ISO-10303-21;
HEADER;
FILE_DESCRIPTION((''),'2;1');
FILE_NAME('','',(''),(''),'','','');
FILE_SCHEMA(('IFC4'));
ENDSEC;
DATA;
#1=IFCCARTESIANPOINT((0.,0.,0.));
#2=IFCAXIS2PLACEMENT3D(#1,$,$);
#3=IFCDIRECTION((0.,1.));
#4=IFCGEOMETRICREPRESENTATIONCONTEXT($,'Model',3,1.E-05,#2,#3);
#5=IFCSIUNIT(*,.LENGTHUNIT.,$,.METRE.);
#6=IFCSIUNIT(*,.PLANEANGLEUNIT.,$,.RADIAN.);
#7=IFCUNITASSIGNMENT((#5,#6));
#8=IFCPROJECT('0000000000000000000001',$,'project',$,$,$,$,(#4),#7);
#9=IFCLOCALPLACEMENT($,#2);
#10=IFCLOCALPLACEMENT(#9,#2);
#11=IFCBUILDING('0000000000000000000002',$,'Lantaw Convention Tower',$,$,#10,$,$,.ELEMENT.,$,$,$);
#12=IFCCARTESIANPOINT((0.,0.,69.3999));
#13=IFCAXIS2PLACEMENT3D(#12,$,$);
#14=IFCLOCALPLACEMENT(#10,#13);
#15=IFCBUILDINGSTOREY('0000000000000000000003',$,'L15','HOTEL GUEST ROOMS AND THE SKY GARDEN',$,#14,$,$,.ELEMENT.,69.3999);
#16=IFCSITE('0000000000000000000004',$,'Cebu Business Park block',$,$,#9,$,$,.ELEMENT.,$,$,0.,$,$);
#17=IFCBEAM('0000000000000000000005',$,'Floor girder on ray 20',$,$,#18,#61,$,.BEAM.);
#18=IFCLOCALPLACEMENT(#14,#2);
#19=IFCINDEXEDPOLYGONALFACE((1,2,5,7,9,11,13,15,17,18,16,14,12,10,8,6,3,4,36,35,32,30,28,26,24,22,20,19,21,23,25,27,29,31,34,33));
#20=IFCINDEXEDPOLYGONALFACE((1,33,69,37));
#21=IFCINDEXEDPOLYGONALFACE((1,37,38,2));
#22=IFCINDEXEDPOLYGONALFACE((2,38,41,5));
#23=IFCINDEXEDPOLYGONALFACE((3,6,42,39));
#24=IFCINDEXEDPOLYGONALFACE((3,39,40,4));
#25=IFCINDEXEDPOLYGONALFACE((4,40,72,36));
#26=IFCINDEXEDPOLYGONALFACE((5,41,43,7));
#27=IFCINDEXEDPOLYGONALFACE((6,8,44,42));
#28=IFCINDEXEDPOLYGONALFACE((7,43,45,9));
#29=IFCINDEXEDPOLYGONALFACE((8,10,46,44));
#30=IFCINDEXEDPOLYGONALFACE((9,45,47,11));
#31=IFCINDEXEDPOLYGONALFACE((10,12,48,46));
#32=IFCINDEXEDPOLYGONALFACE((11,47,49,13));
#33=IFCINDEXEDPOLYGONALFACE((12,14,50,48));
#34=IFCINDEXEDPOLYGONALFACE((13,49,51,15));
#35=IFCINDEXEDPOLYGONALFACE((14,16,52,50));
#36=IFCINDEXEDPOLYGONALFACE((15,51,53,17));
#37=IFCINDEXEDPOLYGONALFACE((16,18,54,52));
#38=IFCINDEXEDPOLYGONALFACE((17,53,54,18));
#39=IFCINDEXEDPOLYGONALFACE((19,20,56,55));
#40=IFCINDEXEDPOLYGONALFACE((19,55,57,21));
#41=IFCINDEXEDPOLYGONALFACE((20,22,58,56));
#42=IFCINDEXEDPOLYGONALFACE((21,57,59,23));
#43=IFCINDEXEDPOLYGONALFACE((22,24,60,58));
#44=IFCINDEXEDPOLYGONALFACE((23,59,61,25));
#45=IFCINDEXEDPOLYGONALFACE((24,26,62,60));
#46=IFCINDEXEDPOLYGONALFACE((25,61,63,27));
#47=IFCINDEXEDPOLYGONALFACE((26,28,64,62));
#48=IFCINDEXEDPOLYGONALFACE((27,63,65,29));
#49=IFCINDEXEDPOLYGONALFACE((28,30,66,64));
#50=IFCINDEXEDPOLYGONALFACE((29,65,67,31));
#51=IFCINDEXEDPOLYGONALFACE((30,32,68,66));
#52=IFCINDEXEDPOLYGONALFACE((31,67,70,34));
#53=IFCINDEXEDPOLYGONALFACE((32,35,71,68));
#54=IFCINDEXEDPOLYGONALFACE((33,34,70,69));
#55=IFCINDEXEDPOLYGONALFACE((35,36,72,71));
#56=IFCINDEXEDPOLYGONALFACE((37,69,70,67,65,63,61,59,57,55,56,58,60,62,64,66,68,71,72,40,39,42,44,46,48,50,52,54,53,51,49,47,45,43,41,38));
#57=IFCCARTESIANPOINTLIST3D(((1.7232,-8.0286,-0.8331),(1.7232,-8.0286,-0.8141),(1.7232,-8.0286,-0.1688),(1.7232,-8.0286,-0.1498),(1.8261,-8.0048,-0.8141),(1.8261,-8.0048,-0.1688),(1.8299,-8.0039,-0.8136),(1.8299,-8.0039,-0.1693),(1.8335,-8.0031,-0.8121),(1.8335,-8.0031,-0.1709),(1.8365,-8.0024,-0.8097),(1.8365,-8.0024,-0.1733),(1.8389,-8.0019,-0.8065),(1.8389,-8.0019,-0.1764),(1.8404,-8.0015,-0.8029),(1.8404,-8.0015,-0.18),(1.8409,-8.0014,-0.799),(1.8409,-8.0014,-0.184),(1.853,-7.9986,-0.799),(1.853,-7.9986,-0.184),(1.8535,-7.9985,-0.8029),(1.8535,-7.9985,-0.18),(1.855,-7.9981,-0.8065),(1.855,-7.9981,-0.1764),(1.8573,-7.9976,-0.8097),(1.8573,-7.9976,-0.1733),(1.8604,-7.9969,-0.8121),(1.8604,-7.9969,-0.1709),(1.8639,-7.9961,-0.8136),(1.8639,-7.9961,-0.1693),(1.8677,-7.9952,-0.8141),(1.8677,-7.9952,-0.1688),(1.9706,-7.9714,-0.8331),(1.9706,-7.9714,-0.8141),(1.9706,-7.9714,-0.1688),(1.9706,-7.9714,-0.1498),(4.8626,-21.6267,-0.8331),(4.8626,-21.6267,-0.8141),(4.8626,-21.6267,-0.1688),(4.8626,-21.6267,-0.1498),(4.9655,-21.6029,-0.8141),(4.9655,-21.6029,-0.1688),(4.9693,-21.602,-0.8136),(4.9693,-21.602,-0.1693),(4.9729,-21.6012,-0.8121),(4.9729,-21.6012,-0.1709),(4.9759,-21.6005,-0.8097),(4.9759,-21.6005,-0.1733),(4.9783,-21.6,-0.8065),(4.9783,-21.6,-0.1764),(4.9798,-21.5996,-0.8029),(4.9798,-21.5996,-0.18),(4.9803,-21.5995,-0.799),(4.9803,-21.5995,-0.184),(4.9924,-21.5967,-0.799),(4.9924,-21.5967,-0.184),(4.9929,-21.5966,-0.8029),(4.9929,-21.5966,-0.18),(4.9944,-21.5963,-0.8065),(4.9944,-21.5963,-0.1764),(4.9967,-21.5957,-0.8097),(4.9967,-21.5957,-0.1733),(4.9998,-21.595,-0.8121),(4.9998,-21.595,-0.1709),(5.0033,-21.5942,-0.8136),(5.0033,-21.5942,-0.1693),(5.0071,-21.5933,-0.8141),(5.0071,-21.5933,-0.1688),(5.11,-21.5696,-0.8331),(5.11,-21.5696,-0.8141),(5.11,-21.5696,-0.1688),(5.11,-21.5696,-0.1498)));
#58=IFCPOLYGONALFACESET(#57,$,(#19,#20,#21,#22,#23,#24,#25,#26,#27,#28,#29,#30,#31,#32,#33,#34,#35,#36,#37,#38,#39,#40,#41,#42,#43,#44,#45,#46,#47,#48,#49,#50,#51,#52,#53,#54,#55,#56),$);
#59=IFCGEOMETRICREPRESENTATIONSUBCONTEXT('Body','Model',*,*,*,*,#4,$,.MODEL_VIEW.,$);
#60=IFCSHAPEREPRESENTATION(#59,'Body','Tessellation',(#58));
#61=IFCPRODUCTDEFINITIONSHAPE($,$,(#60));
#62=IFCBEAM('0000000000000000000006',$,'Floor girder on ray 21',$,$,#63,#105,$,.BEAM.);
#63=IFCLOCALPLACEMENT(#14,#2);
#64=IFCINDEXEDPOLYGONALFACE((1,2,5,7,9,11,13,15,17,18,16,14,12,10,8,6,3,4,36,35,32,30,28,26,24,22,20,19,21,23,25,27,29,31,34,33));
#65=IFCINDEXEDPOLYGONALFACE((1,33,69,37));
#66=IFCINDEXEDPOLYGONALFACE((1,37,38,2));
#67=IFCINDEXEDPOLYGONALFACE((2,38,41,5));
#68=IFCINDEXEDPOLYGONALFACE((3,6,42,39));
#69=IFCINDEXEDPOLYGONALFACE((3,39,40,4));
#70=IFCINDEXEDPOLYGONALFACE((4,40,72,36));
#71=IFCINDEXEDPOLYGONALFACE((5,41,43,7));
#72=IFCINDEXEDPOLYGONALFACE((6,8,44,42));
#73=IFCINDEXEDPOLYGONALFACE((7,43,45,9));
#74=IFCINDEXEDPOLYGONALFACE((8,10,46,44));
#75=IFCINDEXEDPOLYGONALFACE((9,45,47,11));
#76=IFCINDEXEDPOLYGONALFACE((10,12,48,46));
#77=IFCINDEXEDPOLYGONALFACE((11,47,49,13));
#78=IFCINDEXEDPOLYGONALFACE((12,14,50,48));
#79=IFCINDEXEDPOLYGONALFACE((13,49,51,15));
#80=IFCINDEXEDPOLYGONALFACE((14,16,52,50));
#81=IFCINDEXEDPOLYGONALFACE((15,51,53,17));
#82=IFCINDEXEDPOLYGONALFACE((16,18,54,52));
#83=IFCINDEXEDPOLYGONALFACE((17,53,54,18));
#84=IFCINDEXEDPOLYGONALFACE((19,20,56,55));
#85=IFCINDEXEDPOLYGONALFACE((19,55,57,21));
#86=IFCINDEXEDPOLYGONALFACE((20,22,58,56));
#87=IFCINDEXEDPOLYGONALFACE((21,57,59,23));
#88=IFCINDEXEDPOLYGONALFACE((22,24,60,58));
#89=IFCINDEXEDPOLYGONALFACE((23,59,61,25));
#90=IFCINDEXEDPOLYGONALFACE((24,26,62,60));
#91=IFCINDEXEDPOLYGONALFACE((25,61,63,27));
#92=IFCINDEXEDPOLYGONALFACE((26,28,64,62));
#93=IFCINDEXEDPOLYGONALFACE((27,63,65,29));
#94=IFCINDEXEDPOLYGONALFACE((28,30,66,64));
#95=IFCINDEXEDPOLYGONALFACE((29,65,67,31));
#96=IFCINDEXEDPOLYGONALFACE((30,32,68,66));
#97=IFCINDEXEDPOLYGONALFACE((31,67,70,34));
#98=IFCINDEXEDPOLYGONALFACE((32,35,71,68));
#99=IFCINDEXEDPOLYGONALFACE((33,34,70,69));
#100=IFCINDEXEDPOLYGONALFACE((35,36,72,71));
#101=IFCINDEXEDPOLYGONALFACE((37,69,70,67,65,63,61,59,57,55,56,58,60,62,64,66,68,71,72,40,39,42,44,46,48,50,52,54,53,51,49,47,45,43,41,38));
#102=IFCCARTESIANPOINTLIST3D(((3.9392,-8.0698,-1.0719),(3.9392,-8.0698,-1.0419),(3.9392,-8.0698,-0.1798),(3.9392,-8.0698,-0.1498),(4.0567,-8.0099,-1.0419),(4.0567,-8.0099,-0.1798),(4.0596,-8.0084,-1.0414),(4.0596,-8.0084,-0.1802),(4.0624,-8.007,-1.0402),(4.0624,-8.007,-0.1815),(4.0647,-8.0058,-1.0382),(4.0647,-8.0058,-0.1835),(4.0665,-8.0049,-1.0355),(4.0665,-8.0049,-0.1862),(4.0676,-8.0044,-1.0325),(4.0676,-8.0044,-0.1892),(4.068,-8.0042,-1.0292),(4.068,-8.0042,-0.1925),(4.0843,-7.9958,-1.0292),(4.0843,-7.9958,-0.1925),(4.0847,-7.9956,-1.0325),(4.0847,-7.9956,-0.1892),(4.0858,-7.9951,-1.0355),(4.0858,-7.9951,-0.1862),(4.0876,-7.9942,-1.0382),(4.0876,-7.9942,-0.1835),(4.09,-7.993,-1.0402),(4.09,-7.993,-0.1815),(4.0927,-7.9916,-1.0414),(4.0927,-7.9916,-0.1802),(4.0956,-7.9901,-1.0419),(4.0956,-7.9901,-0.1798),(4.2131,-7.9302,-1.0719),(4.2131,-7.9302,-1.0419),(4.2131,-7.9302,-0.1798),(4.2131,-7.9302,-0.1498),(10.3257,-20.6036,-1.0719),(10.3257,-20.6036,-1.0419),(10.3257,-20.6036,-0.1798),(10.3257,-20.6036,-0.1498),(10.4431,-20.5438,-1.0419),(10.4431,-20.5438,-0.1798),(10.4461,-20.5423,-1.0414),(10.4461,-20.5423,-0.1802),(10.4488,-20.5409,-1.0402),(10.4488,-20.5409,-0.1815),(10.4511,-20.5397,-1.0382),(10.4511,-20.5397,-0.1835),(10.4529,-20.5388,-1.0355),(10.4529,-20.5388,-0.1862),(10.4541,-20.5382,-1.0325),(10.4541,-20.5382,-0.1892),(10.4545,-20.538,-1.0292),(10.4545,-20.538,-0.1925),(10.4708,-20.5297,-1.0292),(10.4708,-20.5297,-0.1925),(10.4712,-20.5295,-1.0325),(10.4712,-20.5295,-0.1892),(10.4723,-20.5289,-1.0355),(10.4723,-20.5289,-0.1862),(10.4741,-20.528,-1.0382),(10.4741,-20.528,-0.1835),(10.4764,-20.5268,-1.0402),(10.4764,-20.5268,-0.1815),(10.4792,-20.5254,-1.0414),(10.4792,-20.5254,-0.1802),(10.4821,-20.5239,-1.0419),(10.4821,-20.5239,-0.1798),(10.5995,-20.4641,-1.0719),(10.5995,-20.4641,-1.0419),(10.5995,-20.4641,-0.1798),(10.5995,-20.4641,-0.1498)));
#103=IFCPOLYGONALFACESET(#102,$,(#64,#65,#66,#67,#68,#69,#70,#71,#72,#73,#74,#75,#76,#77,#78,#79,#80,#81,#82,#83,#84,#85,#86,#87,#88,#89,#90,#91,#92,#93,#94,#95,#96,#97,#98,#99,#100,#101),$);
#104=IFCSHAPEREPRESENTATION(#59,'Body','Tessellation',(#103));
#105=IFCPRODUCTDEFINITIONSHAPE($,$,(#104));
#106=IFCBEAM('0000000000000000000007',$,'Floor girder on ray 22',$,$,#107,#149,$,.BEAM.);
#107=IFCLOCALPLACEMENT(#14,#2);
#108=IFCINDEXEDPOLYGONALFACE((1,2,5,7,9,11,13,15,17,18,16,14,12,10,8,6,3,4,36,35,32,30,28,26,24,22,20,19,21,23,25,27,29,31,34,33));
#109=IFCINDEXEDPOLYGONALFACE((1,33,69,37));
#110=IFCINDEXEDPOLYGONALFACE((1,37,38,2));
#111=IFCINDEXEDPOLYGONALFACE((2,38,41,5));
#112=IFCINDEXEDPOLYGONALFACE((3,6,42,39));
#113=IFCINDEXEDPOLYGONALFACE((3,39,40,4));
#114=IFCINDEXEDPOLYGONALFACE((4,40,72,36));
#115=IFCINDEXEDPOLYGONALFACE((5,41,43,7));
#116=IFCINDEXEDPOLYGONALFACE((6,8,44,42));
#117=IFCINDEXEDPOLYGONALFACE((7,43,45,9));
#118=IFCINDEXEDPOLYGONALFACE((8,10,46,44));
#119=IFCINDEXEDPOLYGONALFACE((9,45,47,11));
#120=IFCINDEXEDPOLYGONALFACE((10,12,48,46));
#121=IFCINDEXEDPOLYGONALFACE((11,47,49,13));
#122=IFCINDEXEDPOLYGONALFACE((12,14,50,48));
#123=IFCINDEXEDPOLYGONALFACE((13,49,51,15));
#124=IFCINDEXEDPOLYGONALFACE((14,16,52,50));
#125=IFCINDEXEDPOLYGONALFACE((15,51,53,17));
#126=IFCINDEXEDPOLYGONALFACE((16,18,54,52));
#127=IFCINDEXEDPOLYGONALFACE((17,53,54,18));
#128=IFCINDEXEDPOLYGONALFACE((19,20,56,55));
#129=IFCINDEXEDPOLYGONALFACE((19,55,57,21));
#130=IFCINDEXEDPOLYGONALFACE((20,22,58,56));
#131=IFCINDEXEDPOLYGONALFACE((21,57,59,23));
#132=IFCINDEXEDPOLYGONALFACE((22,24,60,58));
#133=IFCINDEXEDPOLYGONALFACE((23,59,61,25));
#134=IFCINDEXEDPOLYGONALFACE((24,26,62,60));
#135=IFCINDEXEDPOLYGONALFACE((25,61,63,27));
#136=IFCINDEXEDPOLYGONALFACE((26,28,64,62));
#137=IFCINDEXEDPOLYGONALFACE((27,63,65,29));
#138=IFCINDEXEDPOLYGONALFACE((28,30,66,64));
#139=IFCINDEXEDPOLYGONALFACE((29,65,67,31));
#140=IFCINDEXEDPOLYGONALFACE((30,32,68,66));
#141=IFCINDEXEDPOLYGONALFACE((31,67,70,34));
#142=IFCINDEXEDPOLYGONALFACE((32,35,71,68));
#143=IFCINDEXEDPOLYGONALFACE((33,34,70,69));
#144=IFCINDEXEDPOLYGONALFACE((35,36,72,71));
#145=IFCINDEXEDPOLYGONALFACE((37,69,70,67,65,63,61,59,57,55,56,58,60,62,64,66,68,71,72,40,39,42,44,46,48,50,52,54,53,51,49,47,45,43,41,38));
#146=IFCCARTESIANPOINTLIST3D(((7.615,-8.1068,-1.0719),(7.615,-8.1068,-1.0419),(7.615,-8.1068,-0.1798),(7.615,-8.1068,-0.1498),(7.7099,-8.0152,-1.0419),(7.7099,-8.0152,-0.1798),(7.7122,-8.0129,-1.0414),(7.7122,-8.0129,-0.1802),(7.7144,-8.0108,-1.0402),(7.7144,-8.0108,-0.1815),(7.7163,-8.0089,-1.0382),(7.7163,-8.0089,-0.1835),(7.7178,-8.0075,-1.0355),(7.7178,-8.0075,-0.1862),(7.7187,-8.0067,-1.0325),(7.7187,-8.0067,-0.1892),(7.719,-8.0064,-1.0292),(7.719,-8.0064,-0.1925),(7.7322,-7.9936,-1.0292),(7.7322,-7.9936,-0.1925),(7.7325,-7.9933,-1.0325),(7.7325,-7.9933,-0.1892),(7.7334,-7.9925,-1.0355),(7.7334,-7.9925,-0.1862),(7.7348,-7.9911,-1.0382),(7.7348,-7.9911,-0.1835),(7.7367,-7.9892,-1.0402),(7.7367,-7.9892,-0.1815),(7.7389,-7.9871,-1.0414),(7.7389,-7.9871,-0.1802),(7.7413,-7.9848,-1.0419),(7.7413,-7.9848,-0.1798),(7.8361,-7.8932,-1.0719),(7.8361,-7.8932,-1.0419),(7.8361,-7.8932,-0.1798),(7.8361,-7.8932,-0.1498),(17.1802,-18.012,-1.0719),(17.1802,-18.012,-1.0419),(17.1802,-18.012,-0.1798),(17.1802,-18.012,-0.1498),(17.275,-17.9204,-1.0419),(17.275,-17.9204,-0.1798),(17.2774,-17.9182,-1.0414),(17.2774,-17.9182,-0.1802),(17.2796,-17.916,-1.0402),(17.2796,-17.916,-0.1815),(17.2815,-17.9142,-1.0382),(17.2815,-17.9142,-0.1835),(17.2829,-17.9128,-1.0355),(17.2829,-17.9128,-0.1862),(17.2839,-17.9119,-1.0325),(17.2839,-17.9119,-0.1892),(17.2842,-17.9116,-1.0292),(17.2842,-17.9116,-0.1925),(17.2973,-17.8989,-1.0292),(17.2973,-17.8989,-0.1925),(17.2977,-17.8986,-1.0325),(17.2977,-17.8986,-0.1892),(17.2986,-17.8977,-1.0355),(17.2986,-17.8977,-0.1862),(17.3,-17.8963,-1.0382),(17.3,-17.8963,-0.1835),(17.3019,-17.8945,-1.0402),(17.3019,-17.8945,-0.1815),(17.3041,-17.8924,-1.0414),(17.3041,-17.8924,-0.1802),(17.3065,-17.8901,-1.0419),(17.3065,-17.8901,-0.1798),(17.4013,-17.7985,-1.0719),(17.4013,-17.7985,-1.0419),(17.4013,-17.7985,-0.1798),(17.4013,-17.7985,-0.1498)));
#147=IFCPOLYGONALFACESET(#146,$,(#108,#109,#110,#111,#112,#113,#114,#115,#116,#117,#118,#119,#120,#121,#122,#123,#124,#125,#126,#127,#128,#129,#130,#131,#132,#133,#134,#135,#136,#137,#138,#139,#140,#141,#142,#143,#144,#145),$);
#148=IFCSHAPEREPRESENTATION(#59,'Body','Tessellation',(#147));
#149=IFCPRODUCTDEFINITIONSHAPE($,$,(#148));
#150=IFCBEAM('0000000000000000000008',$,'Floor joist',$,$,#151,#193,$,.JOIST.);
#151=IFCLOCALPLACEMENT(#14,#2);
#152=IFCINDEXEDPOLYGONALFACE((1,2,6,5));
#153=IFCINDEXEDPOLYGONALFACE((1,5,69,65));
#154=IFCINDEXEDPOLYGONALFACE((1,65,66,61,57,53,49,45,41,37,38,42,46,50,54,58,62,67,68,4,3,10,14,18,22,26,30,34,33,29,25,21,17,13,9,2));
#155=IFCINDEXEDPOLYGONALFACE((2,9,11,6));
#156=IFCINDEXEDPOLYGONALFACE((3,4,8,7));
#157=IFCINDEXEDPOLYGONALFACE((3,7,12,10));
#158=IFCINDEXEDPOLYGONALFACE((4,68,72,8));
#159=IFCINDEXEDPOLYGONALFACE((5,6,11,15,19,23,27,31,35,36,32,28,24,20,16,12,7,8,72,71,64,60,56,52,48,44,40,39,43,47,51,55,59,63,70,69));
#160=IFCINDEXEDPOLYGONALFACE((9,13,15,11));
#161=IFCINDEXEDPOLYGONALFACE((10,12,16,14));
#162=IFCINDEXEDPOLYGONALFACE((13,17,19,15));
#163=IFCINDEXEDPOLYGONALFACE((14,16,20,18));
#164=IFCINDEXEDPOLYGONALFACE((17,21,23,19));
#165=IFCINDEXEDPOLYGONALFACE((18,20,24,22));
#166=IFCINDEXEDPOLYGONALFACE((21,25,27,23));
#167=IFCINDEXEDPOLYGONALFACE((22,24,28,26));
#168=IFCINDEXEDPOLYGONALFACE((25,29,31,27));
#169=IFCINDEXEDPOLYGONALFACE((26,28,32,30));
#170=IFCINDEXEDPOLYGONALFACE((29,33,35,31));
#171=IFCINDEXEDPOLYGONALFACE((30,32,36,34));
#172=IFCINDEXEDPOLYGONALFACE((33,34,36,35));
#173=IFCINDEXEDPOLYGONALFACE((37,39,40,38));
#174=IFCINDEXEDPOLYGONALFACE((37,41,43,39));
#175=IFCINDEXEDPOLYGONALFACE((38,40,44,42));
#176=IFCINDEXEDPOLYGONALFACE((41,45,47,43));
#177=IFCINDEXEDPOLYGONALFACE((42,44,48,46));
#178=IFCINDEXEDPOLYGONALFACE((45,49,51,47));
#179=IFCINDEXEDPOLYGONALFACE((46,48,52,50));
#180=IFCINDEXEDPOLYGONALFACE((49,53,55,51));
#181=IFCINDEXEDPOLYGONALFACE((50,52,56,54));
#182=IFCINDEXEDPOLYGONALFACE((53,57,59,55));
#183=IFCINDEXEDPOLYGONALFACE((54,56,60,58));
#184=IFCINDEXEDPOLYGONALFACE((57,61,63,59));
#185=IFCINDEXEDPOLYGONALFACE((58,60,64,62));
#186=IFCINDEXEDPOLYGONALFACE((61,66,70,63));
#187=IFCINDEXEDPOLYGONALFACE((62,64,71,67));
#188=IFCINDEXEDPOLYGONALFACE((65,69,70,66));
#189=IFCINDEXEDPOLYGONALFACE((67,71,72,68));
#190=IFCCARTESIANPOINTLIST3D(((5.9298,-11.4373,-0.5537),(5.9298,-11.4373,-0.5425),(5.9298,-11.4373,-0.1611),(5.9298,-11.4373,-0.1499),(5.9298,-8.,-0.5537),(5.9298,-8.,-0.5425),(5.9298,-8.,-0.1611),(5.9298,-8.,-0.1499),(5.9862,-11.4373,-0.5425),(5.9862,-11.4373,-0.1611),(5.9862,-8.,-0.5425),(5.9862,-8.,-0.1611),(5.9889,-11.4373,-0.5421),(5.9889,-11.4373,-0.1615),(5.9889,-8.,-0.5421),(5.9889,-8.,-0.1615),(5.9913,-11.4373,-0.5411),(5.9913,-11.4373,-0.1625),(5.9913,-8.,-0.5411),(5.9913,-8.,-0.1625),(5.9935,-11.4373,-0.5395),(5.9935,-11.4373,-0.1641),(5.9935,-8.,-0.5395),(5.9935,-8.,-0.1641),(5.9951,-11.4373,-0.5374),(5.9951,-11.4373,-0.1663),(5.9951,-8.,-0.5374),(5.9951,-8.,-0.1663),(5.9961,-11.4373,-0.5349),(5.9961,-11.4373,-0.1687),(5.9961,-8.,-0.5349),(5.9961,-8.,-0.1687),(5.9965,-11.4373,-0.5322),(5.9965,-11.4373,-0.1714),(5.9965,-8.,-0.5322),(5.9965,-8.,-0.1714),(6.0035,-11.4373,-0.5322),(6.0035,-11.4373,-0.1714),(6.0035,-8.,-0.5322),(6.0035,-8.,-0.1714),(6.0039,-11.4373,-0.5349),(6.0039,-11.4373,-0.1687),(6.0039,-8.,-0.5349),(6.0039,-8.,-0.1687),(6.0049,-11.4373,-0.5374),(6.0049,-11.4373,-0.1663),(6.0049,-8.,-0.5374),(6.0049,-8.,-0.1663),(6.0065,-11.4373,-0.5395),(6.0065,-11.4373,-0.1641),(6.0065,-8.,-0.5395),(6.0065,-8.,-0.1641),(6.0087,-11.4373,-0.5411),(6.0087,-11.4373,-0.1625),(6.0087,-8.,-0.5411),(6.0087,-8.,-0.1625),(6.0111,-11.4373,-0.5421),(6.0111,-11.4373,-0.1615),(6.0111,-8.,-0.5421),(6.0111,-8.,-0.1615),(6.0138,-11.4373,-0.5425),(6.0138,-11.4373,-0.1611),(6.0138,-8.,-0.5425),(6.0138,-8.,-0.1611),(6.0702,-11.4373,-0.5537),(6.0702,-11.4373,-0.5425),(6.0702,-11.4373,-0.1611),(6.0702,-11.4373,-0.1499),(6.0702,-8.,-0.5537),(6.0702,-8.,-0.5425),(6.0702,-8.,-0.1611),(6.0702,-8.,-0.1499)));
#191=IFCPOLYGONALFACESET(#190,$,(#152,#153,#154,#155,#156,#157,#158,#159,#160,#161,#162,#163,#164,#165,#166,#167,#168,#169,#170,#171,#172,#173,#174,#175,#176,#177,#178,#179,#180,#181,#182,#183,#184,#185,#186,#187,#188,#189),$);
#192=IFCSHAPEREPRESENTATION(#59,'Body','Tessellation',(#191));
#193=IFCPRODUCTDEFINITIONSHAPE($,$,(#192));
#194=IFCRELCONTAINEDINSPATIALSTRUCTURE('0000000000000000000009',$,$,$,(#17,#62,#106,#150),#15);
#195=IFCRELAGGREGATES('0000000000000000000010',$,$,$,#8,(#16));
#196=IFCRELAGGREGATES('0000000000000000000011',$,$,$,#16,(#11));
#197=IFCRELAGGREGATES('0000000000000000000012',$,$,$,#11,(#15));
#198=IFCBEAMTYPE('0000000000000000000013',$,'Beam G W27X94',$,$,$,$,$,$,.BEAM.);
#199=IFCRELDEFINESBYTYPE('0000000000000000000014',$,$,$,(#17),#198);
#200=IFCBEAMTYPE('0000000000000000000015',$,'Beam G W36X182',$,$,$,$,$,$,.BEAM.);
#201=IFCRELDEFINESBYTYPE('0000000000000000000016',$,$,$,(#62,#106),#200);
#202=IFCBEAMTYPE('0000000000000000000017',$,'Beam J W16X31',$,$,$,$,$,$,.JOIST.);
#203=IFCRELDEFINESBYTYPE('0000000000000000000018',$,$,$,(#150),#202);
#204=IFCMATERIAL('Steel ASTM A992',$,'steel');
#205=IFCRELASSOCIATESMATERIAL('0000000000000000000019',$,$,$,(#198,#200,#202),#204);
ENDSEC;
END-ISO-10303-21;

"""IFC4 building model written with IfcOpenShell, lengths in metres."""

from ifc_helpers import new_model, si_unit, direction, frame, origin, origin_2d, place, context, subcontext, project, spatial, i_section, extrude, material, material_profile, profile_set, type_object, element, save


model = new_model("IFC4")

# Units and contexts
model_context = context("Model", 3, precision=1e-05, world=origin(), true_north=direction((0.0, 1.0)))
body_context = subcontext(model_context, "Body", "Model", "MODEL_VIEW")
ifc_project = project(units=[si_unit("LENGTHUNIT", "METRE"), si_unit("PLANEANGLEUNIT", "RADIAN")], contexts=[model_context])

# Site, building, storey
site_placement = place(None, origin())
site = spatial("IfcSite", under=ifc_project, at=site_placement, Name="Cebu Business Park block", CompositionType="ELEMENT", RefElevation=0.0)
building_placement = place(site_placement, origin())
building = spatial("IfcBuilding", under=site, at=building_placement, Name="Lantaw Convention Tower", CompositionType="ELEMENT")
storey_placement = place(building_placement, frame((0.0, 0.0, 69.3999)))
storey = spatial("IfcBuildingStorey", under=building, at=storey_placement, Name="L15", Description="HOTEL GUEST ROOMS AND THE SKY GARDEN", CompositionType="ELEMENT", Elevation=69.3999)

# Beams
ifc_material_1 = material(Name="Steel ASTM A992", Category="steel")
ifc_material_profile_1 = material_profile(ifc_material_1, i_section(OverallWidth=0.2539, OverallDepth=0.6833, WebThickness=0.0125, FlangeThickness=0.019, FilletRadius=0.0151, at=origin_2d()), Name="W27X94")
ifc_profile_set_1 = profile_set([ifc_material_profile_1], Name="Steel ASTM A992")
beam_type_1 = type_object("IfcBeamType", Name="Beam G W27X94", PredefinedType="BEAM", material=ifc_profile_set_1)
beam_1_placement = place(storey_placement, frame((1.8469, -8.0, -0.4915), z_axis=(0.224953, -0.97437, 0.0), x_axis=(0.97437, 0.224953, 0.0)))
element("IfcBeam", 1, at=beam_1_placement, inside=storey, type_object=beam_type_1, Name="Floor girder on ray 20", PredefinedType="BEAM", context=body_context, shape_type="SweptSolid", body=[
    extrude(i_section(OverallWidth=0.2539, OverallDepth=0.6833, WebThickness=0.0125, FlangeThickness=0.019, FilletRadius=0.0151, at=origin_2d()), origin(), (0.0, 0.0, 1.0), 13.9558),
])
ifc_material_profile_2 = material_profile(ifc_material_1, i_section(OverallWidth=0.3074, OverallDepth=0.9221, WebThickness=0.0183, FlangeThickness=0.03, FilletRadius=0.0127, at=origin_2d()), Name="W36X182")
ifc_profile_set_2 = profile_set([ifc_material_profile_2], Name="Steel ASTM A992")
beam_type_2 = type_object("IfcBeamType", Name="Beam G W36X182", PredefinedType="BEAM", material=ifc_profile_set_2)
beam_2_placement = place(storey_placement, frame((4.0762, -8.0, -0.6108), z_axis=(0.453997, -0.891003, 0.0), x_axis=(0.891003, 0.453997, 0.0)))
element("IfcBeam", 2, at=beam_2_placement, inside=storey, type_object=beam_type_2, Name="Floor girder on ray 21", PredefinedType="BEAM", context=body_context, shape_type="SweptSolid", body=[
    extrude(i_section(OverallWidth=0.3074, OverallDepth=0.9221, WebThickness=0.0183, FlangeThickness=0.03, FilletRadius=0.0127, at=origin_2d()), origin(), (0.0, 0.0, 1.0), 14.0671),
])
beam_3_placement = place(storey_placement, frame((7.7256, -8.0, -0.6108), z_axis=(0.69465, -0.719348, 0.0), x_axis=(0.719348, 0.69465, 0.0)))
element("IfcBeam", 3, at=beam_3_placement, inside=storey, type_object=beam_type_2, Name="Floor girder on ray 22", PredefinedType="BEAM", context=body_context, shape_type="SweptSolid", body=[
    extrude(i_section(OverallWidth=0.3074, OverallDepth=0.9221, WebThickness=0.0183, FlangeThickness=0.03, FilletRadius=0.0127, at=origin_2d()), origin(), (0.0, 0.0, 1.0), 13.7698),
])
ifc_material_profile_3 = material_profile(ifc_material_1, i_section(OverallWidth=0.1404, OverallDepth=0.4038, WebThickness=0.0071, FlangeThickness=0.0112, FilletRadius=0.0103, at=origin_2d()), Name="W16X31")
ifc_profile_set_3 = profile_set([ifc_material_profile_3], Name="Steel ASTM A992")
beam_type_3 = type_object("IfcBeamType", Name="Beam J W16X31", PredefinedType="JOIST", material=ifc_profile_set_3)
beam_4_placement = place(storey_placement, frame((6.0, -11.4373, -0.3518), z_axis=(0.0, 1.0, 0.0), x_axis=(-1.0, 0.0, 0.0)))
element("IfcBeam", 4, at=beam_4_placement, inside=storey, type_object=beam_type_3, Name="Floor joist", PredefinedType="JOIST", context=body_context, shape_type="SweptSolid", body=[
    extrude(i_section(OverallWidth=0.1404, OverallDepth=0.4038, WebThickness=0.0071, FlangeThickness=0.0112, FilletRadius=0.0103, at=origin_2d()), origin(), (0.0, 0.0, 1.0), 3.4373),
])

save(model, "model.ifc")
